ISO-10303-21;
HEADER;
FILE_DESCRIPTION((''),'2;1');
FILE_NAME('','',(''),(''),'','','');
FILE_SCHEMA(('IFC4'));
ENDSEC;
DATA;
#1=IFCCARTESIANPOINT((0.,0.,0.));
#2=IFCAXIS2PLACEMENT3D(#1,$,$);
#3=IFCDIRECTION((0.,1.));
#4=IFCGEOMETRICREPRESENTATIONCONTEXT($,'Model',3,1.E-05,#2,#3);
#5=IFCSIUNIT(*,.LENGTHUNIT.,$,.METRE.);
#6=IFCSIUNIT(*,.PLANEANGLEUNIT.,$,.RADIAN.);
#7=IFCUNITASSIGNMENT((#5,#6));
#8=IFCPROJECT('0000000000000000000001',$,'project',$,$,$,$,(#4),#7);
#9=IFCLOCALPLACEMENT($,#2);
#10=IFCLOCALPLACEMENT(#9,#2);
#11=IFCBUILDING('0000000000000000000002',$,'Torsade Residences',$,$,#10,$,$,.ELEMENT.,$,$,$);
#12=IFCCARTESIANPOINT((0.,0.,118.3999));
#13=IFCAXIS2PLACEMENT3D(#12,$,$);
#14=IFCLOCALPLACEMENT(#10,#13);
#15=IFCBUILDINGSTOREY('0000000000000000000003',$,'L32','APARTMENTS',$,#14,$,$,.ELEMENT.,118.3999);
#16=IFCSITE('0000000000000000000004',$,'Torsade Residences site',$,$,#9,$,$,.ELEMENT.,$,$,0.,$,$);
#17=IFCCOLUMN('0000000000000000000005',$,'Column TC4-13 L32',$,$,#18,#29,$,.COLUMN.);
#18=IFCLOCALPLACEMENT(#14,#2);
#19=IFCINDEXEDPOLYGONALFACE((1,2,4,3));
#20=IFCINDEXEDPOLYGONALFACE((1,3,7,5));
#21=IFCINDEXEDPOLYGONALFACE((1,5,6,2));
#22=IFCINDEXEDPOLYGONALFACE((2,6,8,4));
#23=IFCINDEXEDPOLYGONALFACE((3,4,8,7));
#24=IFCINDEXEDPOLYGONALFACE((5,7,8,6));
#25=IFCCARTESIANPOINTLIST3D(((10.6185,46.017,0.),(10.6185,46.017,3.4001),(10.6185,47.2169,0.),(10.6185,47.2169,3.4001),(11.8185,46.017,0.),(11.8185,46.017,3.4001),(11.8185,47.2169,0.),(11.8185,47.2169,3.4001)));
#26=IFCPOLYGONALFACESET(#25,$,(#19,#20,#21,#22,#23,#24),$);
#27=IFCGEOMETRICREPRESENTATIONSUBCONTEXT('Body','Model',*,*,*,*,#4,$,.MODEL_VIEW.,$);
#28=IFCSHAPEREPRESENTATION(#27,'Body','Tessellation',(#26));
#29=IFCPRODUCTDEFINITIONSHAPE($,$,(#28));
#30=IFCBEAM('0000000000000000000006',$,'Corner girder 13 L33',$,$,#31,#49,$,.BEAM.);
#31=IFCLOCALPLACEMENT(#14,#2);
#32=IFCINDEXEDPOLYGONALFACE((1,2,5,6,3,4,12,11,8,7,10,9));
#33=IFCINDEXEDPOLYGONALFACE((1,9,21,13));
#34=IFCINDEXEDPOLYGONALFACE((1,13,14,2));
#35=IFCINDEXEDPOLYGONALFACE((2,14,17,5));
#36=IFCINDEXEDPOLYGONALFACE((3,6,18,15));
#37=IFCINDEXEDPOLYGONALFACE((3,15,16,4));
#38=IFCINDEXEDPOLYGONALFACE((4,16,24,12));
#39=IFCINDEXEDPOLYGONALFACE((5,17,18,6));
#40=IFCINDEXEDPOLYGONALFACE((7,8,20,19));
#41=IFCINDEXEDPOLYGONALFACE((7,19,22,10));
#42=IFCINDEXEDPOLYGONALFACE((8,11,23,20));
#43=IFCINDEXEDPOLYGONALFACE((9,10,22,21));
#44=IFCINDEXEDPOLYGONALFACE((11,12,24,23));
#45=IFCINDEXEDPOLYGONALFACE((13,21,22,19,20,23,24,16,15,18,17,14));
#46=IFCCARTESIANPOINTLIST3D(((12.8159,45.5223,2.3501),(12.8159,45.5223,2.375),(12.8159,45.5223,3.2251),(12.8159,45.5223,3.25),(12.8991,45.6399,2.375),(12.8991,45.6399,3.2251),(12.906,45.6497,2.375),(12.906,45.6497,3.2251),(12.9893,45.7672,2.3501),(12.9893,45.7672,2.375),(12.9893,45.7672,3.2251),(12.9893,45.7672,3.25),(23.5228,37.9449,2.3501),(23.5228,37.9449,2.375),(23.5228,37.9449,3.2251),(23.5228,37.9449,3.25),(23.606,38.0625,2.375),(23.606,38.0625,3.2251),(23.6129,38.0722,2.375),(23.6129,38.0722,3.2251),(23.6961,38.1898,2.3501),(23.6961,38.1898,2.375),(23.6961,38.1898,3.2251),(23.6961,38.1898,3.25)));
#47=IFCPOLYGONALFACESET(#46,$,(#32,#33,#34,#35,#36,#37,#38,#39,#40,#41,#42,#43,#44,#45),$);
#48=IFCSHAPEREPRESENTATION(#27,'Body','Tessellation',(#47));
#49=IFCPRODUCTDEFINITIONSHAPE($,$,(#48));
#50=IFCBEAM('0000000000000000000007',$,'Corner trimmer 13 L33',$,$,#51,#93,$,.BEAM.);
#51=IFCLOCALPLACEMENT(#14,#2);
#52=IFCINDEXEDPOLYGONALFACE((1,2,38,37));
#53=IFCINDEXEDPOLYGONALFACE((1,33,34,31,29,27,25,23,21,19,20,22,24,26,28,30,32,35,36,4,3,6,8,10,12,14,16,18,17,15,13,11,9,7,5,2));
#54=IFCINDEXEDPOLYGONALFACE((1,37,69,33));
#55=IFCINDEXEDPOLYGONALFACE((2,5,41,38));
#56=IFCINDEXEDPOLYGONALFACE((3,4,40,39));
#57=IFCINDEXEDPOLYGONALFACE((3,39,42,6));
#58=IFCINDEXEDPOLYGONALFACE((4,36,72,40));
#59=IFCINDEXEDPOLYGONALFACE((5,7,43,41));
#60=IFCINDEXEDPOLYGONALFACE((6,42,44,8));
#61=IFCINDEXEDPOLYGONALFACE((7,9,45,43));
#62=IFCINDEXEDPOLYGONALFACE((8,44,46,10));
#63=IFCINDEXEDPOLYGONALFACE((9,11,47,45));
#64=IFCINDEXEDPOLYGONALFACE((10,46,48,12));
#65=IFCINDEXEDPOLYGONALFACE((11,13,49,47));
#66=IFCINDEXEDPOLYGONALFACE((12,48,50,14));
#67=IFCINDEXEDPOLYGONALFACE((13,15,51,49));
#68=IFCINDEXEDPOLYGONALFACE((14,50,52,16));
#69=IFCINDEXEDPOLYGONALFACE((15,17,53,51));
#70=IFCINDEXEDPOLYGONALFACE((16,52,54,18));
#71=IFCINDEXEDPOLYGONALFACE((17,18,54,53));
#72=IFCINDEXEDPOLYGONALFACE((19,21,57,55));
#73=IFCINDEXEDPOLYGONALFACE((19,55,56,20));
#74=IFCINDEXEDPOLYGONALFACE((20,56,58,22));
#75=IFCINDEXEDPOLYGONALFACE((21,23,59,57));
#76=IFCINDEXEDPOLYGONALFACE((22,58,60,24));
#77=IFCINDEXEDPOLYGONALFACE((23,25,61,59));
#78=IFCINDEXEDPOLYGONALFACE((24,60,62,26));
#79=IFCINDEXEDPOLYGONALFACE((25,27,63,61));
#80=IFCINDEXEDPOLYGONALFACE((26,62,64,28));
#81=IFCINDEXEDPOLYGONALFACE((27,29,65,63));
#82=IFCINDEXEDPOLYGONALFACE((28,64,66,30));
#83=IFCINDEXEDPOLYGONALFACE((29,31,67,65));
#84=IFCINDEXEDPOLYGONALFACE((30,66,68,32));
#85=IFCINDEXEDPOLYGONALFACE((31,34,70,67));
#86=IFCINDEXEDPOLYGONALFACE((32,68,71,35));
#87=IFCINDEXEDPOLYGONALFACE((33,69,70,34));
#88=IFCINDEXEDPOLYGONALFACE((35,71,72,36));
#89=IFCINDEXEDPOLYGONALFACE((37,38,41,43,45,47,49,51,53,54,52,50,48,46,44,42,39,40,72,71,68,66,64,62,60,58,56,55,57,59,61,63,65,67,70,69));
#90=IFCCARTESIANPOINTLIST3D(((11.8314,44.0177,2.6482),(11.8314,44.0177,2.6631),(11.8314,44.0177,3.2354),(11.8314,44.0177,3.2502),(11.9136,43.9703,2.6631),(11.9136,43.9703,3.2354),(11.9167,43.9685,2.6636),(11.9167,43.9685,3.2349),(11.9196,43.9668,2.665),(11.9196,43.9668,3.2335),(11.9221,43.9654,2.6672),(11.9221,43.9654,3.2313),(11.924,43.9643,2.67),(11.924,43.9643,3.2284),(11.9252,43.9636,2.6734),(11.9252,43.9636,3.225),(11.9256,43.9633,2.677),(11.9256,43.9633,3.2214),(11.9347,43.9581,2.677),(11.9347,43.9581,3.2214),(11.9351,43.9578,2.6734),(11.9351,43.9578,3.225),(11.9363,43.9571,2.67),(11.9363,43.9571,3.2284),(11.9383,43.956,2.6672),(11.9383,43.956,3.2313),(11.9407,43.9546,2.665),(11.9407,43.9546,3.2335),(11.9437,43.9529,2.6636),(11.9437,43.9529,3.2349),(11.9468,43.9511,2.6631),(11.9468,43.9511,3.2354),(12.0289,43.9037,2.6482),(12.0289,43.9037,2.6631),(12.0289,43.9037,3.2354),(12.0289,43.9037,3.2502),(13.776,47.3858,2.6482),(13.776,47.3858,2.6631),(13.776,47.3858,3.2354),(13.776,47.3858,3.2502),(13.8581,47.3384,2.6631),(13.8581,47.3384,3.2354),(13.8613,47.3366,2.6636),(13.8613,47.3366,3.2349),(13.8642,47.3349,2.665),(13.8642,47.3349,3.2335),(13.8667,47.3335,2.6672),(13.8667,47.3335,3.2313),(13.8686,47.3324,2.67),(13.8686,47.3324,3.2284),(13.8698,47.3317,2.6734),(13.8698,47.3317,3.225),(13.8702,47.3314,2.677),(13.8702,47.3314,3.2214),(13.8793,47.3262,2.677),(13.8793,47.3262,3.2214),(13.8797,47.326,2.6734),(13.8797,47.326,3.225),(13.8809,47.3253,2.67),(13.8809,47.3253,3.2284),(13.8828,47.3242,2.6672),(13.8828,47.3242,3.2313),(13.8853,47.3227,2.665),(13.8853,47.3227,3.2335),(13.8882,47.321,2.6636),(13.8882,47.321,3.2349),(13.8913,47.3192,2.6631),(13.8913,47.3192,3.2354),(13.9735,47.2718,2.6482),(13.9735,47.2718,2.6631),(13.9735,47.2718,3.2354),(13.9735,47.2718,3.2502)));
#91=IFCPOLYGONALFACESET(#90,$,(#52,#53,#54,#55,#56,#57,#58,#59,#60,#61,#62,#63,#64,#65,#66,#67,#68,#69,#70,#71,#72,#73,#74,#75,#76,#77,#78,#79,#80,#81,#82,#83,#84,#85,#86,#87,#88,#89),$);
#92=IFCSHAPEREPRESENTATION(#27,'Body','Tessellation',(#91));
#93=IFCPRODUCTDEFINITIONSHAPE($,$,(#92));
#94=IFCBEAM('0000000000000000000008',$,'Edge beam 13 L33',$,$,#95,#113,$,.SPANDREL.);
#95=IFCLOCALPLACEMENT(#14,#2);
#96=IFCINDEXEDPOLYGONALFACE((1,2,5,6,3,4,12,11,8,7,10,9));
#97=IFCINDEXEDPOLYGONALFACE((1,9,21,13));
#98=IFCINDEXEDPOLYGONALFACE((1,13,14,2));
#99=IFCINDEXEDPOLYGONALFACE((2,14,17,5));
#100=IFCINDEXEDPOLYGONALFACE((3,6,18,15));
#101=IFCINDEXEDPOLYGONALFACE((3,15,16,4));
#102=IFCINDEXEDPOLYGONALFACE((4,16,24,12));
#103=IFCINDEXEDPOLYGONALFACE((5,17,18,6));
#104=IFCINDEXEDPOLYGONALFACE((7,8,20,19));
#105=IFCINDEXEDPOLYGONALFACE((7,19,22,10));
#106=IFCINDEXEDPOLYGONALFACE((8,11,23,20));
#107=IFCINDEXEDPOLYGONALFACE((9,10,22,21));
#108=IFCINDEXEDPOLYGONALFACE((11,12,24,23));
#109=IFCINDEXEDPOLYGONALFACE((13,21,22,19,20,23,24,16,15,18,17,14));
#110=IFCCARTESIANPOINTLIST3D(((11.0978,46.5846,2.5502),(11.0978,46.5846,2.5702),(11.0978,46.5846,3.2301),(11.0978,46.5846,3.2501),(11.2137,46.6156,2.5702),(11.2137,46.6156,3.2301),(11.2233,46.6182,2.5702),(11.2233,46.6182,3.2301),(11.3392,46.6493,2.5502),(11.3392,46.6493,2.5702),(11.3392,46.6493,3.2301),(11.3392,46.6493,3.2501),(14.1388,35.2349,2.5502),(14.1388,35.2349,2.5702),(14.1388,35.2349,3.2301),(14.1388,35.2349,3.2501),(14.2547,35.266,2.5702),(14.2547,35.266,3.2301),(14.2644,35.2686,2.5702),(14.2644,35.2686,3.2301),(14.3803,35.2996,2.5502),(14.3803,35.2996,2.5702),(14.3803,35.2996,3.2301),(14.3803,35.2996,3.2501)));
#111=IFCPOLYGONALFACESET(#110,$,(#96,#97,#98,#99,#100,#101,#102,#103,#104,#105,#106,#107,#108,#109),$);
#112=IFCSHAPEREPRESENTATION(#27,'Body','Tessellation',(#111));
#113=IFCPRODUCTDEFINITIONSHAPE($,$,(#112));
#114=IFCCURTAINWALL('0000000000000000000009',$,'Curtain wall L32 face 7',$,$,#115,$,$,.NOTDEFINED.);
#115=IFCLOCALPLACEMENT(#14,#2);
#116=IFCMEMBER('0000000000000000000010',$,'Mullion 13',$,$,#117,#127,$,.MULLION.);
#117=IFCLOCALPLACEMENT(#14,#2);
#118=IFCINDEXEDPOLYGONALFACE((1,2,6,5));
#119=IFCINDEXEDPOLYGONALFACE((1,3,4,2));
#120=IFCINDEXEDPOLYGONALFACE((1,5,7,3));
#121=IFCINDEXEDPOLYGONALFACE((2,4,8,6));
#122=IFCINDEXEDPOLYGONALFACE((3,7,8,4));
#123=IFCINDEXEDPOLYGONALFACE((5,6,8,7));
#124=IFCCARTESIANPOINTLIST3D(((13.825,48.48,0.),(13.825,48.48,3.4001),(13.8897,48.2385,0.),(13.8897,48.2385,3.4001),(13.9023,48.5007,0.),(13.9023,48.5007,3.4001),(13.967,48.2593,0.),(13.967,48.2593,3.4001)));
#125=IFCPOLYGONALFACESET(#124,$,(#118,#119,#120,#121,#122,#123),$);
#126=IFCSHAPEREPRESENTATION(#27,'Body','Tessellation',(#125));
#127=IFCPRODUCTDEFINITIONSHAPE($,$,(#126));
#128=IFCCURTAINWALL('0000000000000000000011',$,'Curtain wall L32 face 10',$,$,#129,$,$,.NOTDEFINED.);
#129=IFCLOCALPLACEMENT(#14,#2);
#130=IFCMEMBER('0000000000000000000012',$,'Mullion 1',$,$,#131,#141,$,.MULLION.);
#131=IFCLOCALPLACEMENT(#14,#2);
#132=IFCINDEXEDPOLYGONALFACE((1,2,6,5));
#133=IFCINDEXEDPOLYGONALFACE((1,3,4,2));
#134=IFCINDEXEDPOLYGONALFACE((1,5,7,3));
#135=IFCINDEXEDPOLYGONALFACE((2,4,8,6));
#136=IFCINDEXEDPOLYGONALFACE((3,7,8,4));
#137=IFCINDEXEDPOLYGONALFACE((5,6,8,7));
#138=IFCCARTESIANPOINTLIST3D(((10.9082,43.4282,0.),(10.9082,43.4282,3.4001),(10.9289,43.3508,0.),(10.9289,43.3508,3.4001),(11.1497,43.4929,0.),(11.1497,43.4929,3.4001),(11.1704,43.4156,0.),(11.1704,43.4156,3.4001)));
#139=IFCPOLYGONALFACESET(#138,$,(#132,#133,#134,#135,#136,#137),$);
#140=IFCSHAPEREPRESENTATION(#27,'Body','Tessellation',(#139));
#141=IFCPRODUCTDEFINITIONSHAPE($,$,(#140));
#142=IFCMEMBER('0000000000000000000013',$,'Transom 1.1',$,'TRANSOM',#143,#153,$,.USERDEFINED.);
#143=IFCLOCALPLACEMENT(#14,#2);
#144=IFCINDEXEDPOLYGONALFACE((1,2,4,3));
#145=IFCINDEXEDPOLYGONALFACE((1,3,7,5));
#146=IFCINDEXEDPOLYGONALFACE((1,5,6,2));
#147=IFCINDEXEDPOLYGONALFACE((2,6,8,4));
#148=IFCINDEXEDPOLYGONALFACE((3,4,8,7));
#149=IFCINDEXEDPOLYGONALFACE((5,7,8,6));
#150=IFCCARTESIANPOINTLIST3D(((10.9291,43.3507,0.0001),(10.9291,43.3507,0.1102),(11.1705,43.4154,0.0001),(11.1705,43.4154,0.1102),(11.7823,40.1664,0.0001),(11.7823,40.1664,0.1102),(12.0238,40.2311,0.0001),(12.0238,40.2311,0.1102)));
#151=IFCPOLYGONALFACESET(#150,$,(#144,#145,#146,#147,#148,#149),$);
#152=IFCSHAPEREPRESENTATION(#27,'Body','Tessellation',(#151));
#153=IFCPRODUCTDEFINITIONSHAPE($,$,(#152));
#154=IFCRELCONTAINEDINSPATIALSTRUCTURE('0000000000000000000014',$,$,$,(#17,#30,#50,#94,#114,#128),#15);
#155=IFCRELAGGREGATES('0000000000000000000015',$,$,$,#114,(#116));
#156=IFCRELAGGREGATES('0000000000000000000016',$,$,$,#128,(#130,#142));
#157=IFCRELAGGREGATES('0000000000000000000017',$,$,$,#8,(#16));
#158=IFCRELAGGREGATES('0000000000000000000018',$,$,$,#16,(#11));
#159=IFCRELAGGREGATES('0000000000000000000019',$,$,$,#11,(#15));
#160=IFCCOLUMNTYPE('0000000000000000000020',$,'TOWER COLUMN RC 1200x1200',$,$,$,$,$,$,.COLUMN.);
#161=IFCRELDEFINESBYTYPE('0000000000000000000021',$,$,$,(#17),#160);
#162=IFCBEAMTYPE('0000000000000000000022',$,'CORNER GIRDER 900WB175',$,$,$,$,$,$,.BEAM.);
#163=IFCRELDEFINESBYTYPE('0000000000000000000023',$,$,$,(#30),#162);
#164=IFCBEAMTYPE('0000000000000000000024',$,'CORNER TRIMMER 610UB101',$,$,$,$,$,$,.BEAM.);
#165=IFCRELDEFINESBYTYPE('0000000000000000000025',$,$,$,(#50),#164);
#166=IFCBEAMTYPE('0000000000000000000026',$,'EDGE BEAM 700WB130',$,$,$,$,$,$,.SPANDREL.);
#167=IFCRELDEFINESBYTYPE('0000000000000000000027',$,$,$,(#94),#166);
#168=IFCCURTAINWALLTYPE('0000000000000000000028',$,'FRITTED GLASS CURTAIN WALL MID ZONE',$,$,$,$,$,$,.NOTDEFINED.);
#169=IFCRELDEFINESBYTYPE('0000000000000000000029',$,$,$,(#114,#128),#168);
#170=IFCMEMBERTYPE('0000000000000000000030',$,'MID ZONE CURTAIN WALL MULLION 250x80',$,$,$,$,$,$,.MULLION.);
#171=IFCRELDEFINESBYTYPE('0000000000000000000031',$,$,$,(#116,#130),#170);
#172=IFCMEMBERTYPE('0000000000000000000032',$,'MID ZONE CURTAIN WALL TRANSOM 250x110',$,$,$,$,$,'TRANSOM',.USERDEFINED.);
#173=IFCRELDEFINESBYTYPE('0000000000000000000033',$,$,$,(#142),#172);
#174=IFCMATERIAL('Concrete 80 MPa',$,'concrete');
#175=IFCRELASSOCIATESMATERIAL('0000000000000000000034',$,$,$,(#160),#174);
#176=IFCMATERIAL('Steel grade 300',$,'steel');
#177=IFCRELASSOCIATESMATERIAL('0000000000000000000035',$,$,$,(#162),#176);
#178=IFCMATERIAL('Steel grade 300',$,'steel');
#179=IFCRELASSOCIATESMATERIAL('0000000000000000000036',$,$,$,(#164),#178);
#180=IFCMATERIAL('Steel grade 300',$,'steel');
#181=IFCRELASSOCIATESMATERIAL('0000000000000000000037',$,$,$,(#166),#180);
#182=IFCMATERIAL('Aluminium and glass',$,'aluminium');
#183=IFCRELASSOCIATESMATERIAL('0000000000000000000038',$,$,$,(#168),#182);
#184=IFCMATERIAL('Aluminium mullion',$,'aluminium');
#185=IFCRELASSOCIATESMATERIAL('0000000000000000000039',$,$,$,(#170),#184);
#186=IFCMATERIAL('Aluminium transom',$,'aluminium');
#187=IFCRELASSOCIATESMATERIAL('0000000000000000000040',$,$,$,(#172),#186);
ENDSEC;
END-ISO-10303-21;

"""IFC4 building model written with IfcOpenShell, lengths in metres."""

from ifc_helpers import new_model, si_unit, direction, frame, origin, origin_2d, place, context, subcontext, project, spatial, rectangle, i_section, extrude, material, material_profile, profile_set, type_object, element, aggregate, save


model = new_model("IFC4")

# Units and contexts
model_context = context("Model", 3, precision=1e-05, world=origin(), true_north=direction((0.0, 1.0)))
body_context = subcontext(model_context, "Body", "Model", "MODEL_VIEW")
ifc_project = project(units=[si_unit("LENGTHUNIT", "METRE"), si_unit("PLANEANGLEUNIT", "RADIAN")], contexts=[model_context])

# Site, building, storey
site_placement = place(None, origin())
site = spatial("IfcSite", under=ifc_project, at=site_placement, Name="Torsade Residences site", CompositionType="ELEMENT", RefElevation=0.0)
building_placement = place(site_placement, origin())
building = spatial("IfcBuilding", under=site, at=building_placement, Name="Torsade Residences", CompositionType="ELEMENT")
storey_placement = place(building_placement, frame((0.0, 0.0, 118.3999)))
storey = spatial("IfcBuildingStorey", under=building, at=storey_placement, Name="L32", Description="APARTMENTS", CompositionType="ELEMENT", Elevation=118.3999)

# Column
ifc_material_1 = material(Name="Concrete 80 MPa", Category="concrete")
ifc_material_profile_1 = material_profile(ifc_material_1, rectangle(XDim=1.2, YDim=1.2, at=origin_2d()), Name="RC 1200x1200")
ifc_profile_set_1 = profile_set([ifc_material_profile_1], Name="Concrete 80 MPa")
column_type = type_object("IfcColumnType", Name="TOWER COLUMN RC 1200x1200", PredefinedType="COLUMN", material=ifc_profile_set_1)
column_placement = place(storey_placement, frame((11.2185, 46.6169, 0.0), z_axis=(0.0, 0.0, 1.0), x_axis=(1.0, 0.0, 0.0)))
element("IfcColumn", 1, at=column_placement, inside=storey, type_object=column_type, Name="Column TC4-13 L32", PredefinedType="COLUMN", context=body_context, shape_type="SweptSolid", body=[
    extrude(rectangle(XDim=1.2, YDim=1.2, at=origin_2d()), origin(), (0.0, 0.0, 1.0), 3.4001),
])

# Beams
ifc_material_2 = material(Name="Steel grade 300", Category="steel")
ifc_material_profile_2 = material_profile(ifc_material_2, i_section(OverallWidth=0.3, OverallDepth=0.8999, WebThickness=0.012, FlangeThickness=0.0249, at=origin_2d()), Name="900WB175")
ifc_profile_set_2 = profile_set([ifc_material_profile_2], Name="Steel grade 300")
beam_type_1 = type_object("IfcBeamType", Name="CORNER GIRDER 900WB175", PredefinedType="BEAM", material=ifc_profile_set_2)
beam_1_placement = place(storey_placement, frame((12.9026, 45.6448, 2.8), z_axis=(0.816261, -0.577683, 0.0), x_axis=(0.577683, 0.816261, 0.0)))
element("IfcBeam", 2, at=beam_1_placement, inside=storey, type_object=beam_type_1, Name="Corner girder 13 L33", PredefinedType="BEAM", context=body_context, shape_type="SweptSolid", body=[
    extrude(i_section(OverallWidth=0.3, OverallDepth=0.8999, WebThickness=0.012, FlangeThickness=0.0249, at=origin_2d()), origin(), (0.0, 0.0, 1.0), 13.1169),
])
ifc_material_3 = material(Name="Steel grade 300", Category="steel")
ifc_material_profile_3 = material_profile(ifc_material_3, i_section(OverallWidth=0.228, OverallDepth=0.6021, WebThickness=0.0105, FlangeThickness=0.0149, FilletRadius=0.0139, at=origin_2d()), Name="610UB101")
ifc_profile_set_3 = profile_set([ifc_material_profile_3], Name="Steel grade 300")
beam_type_2 = type_object("IfcBeamType", Name="CORNER TRIMMER 610UB101", PredefinedType="BEAM", material=ifc_profile_set_3)
beam_2_placement = place(storey_placement, frame((11.9302, 43.9607, 2.9492), z_axis=(0.499994, 0.866029, 0.0), x_axis=(-0.866029, 0.499994, 0.0)))
element("IfcBeam", 3, at=beam_2_placement, inside=storey, type_object=beam_type_2, Name="Corner trimmer 13 L33", PredefinedType="BEAM", context=body_context, shape_type="SweptSolid", body=[
    extrude(i_section(OverallWidth=0.228, OverallDepth=0.6021, WebThickness=0.0105, FlangeThickness=0.0149, FilletRadius=0.0139, at=origin_2d()), origin(), (0.0, 0.0, 1.0), 3.8892),
])
ifc_material_4 = material(Name="Steel grade 300", Category="steel")
ifc_material_profile_4 = material_profile(ifc_material_4, i_section(OverallWidth=0.25, OverallDepth=0.7, WebThickness=0.01, FlangeThickness=0.02, at=origin_2d()), Name="700WB130")
ifc_profile_set_4 = profile_set([ifc_material_profile_4], Name="Steel grade 300")
beam_type_3 = type_object("IfcBeamType", Name="EDGE BEAM 700WB130", PredefinedType="SPANDREL", material=ifc_profile_set_4)
beam_3_placement = place(storey_placement, frame((11.2185, 46.6169, 2.9001), z_axis=(0.258811, -0.965928, 0.0), x_axis=(0.965928, 0.258811, 0.0)))
element("IfcBeam", 4, at=beam_3_placement, inside=storey, type_object=beam_type_3, Name="Edge beam 13 L33", PredefinedType="SPANDREL", context=body_context, shape_type="SweptSolid", body=[
    extrude(i_section(OverallWidth=0.25, OverallDepth=0.7, WebThickness=0.01, FlangeThickness=0.02, at=origin_2d()), origin(), (0.0, 0.0, 1.0), 11.75),
])

# Curtain wall, member
ifc_material_5 = material(Name="Aluminium and glass", Category="aluminium")
curtain_wall_type = type_object("IfcCurtainWallType", Name="FRITTED GLASS CURTAIN WALL MID ZONE", PredefinedType="NOTDEFINED", material=ifc_material_5)
curtain_wall_1_placement = place(storey_placement, origin())
curtain_wall_1 = element("IfcCurtainWall", 5, at=curtain_wall_1_placement, inside=storey, type_object=curtain_wall_type, Name="Curtain wall L32 face 7", PredefinedType="NOTDEFINED")
ifc_material_6 = material(Name="Aluminium mullion", Category="aluminium")
ifc_material_profile_5 = material_profile(ifc_material_6, rectangle(XDim=0.25, YDim=0.0801, at=origin_2d()), Name="MID ZONE CURTAIN WALL MULLION 250x80")
ifc_profile_set_5 = profile_set([ifc_material_profile_5], Name="Aluminium mullion")
member_type_1 = type_object("IfcMemberType", Name="MID ZONE CURTAIN WALL MULLION 250x80", PredefinedType="MULLION", material=ifc_profile_set_5)
member_1_placement = place(storey_placement, frame((13.896, 48.3696, 0.0), z_axis=(0.0, 0.0, 1.0), x_axis=(0.258819, -0.965926, 0.0)))
member_1 = element("IfcMember", 6, at=member_1_placement, type_object=member_type_1, Name="Mullion 13", PredefinedType="MULLION", context=body_context, shape_type="SweptSolid", body=[
    extrude(rectangle(XDim=0.25, YDim=0.0801, at=origin_2d()), origin(), (0.0, 0.0, 1.0), 3.4001),
])
aggregate(curtain_wall_1, [member_1])

# Curtain wall, members
curtain_wall_2_placement = place(storey_placement, origin())
curtain_wall_2 = element("IfcCurtainWall", 7, at=curtain_wall_2_placement, inside=storey, type_object=curtain_wall_type, Name="Curtain wall L32 face 10", PredefinedType="NOTDEFINED")
member_2_placement = place(storey_placement, frame((11.0393, 43.4219, 0.0), z_axis=(0.0, 0.0, 1.0), x_axis=(0.965926, 0.258819, 0.0)))
member_2 = element("IfcMember", 8, at=member_2_placement, type_object=member_type_1, Name="Mullion 1", PredefinedType="MULLION", context=body_context, shape_type="SweptSolid", body=[
    extrude(rectangle(XDim=0.25, YDim=0.0801, at=origin_2d()), origin(), (0.0, 0.0, 1.0), 3.4001),
])
ifc_material_7 = material(Name="Aluminium transom", Category="aluminium")
ifc_material_profile_6 = material_profile(ifc_material_7, rectangle(XDim=0.25, YDim=0.1101, at=origin_2d()), Name="MID ZONE CURTAIN WALL TRANSOM 250x110")
ifc_profile_set_6 = profile_set([ifc_material_profile_6], Name="Aluminium transom")
member_type_2 = type_object("IfcMemberType", Name="MID ZONE CURTAIN WALL TRANSOM 250x110", ElementType="TRANSOM", PredefinedType="USERDEFINED", material=ifc_profile_set_6)
member_3_placement = place(storey_placement, frame((11.0498, 43.3831, 0.0552), z_axis=(0.258829, -0.965923, 0.0), x_axis=(0.965923, 0.258829, 0.0)))
member_3 = element("IfcMember", 9, at=member_3_placement, type_object=member_type_2, Name="Transom 1.1", ObjectType="TRANSOM", PredefinedType="USERDEFINED", context=body_context, shape_type="SweptSolid", body=[
    extrude(rectangle(XDim=0.25, YDim=0.1101, at=origin_2d()), origin(), (0.0, 0.0, 1.0), 3.2966),
])
aggregate(curtain_wall_2, [member_2, member_3])

save(model, "model.ifc")
